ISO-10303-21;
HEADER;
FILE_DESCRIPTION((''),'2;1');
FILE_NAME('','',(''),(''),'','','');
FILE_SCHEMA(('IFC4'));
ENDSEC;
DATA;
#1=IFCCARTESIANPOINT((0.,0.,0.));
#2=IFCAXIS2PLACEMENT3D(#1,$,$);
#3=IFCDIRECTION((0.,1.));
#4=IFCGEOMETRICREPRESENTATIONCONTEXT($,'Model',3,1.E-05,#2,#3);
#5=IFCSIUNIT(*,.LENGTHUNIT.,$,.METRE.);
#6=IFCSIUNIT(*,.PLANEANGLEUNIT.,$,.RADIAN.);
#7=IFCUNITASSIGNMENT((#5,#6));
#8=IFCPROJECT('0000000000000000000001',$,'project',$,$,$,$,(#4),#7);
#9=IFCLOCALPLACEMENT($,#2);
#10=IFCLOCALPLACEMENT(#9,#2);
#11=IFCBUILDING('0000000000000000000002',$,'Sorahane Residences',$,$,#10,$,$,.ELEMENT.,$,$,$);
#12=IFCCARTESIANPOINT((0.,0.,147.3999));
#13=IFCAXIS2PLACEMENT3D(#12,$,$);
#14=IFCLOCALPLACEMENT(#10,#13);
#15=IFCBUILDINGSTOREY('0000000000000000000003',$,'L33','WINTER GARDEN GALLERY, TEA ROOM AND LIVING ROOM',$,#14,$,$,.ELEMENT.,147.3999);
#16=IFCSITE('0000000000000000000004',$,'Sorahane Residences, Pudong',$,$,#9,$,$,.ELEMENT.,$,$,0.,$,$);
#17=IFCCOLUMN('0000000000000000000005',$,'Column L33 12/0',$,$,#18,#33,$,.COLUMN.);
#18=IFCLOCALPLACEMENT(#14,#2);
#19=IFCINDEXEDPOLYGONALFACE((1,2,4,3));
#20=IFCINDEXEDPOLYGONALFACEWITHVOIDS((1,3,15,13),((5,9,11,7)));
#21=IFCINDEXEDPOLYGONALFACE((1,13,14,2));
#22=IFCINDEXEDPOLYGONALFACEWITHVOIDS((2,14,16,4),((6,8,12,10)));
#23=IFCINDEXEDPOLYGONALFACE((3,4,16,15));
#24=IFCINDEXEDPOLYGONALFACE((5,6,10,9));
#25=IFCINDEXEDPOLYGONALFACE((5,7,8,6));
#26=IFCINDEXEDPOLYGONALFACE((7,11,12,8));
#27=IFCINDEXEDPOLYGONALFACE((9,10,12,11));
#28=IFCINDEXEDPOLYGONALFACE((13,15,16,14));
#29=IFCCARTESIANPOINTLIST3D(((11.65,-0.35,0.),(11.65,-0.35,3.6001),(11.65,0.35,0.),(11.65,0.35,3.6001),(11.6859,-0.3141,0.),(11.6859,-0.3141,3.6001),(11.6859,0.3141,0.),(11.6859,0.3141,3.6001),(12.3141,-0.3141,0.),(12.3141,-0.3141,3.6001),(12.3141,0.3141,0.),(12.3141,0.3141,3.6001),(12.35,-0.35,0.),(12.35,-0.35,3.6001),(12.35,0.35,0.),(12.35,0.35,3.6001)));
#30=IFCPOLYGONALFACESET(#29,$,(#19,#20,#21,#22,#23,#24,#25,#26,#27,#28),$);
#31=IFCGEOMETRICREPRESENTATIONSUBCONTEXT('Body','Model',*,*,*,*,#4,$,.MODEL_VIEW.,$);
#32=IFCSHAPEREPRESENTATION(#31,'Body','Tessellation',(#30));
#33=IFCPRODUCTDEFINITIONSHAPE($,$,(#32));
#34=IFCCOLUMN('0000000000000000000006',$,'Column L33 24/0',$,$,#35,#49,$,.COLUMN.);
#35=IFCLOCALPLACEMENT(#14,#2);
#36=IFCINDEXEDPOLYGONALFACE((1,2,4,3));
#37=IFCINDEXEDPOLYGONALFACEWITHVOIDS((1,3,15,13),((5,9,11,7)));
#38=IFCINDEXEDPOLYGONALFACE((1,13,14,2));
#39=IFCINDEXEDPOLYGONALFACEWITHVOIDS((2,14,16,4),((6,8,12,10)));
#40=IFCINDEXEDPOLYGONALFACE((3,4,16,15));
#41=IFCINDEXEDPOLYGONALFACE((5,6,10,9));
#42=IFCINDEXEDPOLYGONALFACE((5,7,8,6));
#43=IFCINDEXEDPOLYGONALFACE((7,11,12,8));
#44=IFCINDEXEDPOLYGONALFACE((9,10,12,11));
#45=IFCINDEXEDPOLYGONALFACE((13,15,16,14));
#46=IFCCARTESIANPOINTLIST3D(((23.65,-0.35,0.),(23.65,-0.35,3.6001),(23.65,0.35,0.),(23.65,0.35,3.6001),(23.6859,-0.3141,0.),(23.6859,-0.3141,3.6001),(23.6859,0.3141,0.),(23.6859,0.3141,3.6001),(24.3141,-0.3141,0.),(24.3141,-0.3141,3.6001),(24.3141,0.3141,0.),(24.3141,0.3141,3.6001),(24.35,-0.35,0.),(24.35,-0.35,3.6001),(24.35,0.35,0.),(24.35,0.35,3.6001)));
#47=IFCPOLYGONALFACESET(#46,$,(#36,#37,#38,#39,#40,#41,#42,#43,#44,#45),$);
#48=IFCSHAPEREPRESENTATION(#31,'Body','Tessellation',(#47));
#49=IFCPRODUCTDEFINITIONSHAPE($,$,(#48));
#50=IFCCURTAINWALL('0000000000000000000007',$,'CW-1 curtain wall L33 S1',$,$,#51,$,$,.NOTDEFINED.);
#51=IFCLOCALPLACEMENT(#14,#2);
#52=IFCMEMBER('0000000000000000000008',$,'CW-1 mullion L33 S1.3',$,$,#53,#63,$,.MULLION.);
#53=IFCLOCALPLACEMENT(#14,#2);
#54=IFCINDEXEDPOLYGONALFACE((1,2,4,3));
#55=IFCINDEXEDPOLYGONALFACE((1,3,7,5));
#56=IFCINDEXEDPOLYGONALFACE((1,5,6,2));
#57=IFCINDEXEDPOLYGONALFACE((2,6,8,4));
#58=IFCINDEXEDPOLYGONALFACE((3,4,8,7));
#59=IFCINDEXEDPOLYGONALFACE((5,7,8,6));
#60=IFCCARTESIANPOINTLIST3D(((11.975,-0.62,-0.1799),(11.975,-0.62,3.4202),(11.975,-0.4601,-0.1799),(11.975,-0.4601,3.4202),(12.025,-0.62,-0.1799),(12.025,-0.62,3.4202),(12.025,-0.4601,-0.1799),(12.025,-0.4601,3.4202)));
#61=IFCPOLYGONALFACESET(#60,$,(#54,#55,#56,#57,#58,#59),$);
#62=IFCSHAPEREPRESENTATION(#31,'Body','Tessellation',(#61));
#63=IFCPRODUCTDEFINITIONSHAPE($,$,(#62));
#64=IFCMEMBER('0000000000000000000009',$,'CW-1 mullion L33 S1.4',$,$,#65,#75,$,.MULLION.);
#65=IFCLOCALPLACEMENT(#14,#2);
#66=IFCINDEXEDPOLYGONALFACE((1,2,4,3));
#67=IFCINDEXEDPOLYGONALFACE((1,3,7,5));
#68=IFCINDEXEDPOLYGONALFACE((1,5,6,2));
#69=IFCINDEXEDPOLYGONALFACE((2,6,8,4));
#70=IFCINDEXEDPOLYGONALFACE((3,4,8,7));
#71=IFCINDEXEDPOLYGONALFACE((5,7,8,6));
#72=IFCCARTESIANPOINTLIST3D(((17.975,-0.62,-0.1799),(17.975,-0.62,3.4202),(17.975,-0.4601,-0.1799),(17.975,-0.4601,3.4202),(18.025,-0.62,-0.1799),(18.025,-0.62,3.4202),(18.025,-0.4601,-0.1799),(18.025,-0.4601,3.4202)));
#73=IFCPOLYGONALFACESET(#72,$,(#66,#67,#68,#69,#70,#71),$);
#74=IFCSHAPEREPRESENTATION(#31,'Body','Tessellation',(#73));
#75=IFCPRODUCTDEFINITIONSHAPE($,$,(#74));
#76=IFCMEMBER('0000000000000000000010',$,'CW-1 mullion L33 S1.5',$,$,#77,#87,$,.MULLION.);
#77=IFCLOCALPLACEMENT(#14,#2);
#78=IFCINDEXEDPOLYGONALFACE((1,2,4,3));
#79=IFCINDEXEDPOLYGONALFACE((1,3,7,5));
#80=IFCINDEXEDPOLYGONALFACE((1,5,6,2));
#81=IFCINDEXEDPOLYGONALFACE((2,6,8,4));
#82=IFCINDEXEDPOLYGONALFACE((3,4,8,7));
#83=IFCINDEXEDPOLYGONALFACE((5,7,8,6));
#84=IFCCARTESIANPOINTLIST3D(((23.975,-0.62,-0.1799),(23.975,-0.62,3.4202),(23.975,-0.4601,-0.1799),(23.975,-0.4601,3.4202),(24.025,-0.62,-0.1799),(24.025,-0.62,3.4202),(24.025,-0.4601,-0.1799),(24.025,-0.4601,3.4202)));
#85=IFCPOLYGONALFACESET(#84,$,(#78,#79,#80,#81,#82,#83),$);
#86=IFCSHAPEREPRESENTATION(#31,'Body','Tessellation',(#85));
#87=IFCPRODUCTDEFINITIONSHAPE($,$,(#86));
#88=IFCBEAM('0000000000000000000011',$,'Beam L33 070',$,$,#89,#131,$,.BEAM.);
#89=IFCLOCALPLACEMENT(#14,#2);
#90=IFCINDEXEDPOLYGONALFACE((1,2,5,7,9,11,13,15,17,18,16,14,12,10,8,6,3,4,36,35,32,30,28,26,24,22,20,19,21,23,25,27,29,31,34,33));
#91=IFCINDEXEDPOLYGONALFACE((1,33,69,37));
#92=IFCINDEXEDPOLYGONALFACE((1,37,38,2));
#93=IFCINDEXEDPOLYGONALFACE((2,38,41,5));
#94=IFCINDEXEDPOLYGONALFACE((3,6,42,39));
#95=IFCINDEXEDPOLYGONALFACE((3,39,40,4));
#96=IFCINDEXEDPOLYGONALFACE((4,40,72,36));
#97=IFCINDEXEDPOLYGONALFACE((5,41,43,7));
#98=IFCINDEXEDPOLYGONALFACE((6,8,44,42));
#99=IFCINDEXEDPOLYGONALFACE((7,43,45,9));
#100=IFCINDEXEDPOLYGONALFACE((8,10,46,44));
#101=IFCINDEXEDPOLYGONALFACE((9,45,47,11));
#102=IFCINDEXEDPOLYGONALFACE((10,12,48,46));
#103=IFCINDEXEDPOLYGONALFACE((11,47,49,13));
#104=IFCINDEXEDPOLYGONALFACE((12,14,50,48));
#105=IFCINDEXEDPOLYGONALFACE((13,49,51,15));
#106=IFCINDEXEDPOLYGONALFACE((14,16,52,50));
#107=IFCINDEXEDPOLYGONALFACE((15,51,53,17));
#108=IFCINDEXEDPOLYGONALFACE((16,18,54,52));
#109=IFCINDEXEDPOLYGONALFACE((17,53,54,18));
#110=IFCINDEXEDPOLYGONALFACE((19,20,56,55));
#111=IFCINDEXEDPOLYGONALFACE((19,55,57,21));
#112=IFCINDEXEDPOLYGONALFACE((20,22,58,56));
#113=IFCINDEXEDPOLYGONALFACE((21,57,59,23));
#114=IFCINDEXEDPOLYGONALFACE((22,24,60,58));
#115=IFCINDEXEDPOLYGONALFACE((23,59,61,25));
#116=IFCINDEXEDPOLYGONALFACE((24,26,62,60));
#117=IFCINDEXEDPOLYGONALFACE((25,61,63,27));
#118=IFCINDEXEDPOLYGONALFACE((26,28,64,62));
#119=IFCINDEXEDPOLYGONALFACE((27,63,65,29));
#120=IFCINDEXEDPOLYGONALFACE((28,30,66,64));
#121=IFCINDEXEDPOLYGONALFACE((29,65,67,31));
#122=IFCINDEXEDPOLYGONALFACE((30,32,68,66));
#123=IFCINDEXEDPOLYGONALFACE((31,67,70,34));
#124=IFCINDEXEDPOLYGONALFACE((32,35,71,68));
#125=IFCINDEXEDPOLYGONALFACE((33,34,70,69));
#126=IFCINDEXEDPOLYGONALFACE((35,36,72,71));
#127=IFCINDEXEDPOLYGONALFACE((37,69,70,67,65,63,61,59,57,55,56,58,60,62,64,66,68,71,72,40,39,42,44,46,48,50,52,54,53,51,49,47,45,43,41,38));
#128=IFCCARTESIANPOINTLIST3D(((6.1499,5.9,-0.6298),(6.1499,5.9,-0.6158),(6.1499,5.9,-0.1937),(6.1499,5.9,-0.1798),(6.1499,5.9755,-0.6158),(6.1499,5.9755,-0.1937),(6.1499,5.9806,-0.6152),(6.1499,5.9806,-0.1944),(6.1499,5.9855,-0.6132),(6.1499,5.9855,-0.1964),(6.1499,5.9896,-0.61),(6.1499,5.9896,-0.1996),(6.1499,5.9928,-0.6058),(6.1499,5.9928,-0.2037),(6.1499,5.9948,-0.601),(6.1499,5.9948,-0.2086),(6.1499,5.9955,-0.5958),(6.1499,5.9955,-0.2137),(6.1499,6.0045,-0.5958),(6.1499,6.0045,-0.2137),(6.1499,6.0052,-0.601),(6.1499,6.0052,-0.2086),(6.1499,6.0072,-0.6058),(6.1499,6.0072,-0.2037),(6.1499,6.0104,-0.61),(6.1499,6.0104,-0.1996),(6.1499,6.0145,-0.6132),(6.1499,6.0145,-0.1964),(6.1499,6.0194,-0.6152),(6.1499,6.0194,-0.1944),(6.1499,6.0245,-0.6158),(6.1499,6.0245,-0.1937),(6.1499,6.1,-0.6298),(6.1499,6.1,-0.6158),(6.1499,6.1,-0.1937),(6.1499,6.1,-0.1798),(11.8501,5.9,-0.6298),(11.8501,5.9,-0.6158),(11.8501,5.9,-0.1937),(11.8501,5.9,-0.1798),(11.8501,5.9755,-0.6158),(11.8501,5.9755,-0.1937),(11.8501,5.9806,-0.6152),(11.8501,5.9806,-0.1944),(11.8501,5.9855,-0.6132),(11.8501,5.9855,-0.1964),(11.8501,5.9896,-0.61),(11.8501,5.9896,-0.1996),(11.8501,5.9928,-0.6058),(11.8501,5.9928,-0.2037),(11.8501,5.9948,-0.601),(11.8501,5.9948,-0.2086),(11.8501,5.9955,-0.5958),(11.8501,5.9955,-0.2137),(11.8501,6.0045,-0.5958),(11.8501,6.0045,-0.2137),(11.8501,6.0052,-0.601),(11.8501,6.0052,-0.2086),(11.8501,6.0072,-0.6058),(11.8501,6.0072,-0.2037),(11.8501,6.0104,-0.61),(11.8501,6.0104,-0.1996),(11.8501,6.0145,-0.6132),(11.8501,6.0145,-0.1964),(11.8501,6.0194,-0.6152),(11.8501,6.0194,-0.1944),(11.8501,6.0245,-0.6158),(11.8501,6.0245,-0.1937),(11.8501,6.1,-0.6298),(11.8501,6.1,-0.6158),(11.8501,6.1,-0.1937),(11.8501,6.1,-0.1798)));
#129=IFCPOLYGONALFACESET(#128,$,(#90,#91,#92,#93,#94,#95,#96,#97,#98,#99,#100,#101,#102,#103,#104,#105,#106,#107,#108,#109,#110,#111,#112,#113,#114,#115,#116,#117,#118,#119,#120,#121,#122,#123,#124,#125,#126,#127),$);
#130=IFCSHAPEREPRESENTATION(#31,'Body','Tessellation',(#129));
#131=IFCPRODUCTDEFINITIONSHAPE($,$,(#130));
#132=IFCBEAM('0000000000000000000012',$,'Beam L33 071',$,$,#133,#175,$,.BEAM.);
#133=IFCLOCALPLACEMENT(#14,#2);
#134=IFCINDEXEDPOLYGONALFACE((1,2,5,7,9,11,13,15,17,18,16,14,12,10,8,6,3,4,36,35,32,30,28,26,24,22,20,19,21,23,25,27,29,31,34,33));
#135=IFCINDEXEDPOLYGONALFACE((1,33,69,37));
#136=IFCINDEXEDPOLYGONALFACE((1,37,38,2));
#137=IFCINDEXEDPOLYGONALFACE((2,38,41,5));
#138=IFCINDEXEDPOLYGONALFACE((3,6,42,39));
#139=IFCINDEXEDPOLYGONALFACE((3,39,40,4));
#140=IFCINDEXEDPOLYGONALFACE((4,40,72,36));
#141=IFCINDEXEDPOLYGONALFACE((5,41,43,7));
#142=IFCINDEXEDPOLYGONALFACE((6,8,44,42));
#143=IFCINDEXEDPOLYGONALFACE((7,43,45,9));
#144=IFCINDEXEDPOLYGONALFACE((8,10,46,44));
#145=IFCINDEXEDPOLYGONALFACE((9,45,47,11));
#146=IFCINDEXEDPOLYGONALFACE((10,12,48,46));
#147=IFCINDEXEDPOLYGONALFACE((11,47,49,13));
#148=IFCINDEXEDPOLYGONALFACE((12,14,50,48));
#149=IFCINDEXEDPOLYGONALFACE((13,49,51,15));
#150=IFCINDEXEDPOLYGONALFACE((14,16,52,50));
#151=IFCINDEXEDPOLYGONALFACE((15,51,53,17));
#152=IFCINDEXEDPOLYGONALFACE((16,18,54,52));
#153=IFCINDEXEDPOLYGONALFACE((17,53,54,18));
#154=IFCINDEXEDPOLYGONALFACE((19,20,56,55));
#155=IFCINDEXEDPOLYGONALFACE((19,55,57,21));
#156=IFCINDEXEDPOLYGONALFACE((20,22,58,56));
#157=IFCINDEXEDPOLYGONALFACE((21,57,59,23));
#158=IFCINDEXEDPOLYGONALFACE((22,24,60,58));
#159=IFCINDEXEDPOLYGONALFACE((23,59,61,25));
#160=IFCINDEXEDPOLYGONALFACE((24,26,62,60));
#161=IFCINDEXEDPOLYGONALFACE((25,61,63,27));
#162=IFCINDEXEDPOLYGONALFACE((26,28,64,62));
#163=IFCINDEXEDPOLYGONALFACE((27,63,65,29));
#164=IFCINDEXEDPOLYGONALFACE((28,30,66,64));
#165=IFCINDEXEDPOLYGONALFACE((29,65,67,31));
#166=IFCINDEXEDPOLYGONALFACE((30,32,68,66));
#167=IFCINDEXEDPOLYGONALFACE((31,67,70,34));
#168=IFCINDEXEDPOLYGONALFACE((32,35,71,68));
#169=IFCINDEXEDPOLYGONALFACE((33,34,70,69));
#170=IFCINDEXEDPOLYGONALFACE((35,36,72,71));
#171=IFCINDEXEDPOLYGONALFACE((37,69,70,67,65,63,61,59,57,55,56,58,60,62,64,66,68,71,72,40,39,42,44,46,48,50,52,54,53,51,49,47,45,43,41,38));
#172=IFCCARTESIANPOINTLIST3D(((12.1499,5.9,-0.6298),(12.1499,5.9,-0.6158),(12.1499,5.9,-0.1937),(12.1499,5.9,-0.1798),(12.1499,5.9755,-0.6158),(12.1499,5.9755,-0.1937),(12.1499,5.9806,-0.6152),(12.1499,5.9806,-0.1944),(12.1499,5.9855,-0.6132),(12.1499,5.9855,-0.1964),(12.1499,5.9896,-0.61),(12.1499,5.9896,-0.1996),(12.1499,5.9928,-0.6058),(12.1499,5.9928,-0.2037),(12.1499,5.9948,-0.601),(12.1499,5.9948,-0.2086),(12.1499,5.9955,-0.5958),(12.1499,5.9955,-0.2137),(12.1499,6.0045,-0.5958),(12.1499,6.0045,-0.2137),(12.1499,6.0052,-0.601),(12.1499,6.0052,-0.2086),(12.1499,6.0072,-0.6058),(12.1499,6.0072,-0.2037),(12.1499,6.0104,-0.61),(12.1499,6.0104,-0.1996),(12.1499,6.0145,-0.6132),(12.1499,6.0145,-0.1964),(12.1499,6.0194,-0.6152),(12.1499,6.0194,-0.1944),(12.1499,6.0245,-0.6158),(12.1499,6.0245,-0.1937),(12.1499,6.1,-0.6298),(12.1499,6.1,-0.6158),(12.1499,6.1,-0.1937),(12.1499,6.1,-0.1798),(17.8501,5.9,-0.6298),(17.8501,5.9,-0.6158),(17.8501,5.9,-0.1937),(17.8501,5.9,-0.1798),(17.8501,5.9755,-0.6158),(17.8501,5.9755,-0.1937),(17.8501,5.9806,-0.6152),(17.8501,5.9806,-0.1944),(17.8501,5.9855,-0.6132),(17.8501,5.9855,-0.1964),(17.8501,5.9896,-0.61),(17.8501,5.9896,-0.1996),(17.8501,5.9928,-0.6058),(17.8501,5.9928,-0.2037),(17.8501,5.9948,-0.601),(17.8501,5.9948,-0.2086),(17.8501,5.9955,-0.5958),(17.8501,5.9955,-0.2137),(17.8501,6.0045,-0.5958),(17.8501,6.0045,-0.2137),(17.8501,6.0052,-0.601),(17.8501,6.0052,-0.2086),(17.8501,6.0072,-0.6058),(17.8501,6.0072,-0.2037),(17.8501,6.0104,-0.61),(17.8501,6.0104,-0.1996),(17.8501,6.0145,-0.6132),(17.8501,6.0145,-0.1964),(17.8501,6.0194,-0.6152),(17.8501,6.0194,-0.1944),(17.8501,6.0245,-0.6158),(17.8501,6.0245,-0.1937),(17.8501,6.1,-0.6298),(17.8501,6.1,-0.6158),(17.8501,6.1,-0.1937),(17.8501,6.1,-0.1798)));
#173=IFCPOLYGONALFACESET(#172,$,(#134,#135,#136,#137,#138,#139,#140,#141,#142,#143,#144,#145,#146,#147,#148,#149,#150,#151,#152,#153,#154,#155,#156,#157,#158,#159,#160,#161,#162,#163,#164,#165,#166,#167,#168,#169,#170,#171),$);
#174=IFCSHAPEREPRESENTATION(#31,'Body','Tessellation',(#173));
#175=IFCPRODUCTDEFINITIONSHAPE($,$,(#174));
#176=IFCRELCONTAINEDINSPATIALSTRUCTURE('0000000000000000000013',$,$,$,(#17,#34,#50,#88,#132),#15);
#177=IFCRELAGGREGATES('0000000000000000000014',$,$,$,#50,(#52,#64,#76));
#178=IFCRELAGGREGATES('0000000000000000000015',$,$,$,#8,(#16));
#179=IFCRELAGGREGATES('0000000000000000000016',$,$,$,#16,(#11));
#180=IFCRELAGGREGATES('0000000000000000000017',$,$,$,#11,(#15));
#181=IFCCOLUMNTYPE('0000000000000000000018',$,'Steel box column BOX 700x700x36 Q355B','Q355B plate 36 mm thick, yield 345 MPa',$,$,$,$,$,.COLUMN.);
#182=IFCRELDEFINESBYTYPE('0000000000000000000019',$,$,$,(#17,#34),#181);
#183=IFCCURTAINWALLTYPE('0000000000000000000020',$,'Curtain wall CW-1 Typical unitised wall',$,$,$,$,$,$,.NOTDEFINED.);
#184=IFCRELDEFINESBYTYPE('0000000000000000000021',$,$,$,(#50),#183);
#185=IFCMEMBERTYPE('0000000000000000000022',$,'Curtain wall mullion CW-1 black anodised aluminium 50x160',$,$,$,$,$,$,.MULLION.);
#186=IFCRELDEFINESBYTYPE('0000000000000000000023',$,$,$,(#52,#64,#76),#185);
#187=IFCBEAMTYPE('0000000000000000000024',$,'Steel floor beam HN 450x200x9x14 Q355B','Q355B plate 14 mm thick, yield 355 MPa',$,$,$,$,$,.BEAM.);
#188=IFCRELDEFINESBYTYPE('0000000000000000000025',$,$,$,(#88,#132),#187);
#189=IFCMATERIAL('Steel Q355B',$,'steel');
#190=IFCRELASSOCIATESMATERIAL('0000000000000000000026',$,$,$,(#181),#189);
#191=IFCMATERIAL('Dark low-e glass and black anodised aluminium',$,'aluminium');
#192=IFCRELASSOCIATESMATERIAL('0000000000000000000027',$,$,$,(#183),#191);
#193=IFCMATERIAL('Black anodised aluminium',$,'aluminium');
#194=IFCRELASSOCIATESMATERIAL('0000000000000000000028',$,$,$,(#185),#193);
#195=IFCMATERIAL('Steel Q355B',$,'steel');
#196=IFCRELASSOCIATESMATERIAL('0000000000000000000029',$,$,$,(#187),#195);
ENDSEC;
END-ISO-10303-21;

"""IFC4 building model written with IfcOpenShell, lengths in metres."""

from ifc_helpers import new_model, si_unit, direction, frame, origin, origin_2d, place, context, subcontext, project, spatial, rectangle, hollow_rectangle, i_section, extrude, material, material_profile, profile_set, type_object, element, aggregate, save


model = new_model("IFC4")

# Units and contexts
model_context = context("Model", 3, precision=1e-05, world=origin(), true_north=direction((0.0, 1.0)))
body_context = subcontext(model_context, "Body", "Model", "MODEL_VIEW")
ifc_project = project(units=[si_unit("LENGTHUNIT", "METRE"), si_unit("PLANEANGLEUNIT", "RADIAN")], contexts=[model_context])

# Site, building, storey
site_placement = place(None, origin())
site = spatial("IfcSite", under=ifc_project, at=site_placement, Name="Sorahane Residences, Pudong", CompositionType="ELEMENT", RefElevation=0.0)
building_placement = place(site_placement, origin())
building = spatial("IfcBuilding", under=site, at=building_placement, Name="Sorahane Residences", CompositionType="ELEMENT")
storey_placement = place(building_placement, frame((0.0, 0.0, 147.3999)))
storey = spatial("IfcBuildingStorey", under=building, at=storey_placement, Name="L33", Description="WINTER GARDEN GALLERY, TEA ROOM AND LIVING ROOM", CompositionType="ELEMENT", Elevation=147.3999)

# Columns
ifc_material_1 = material(Name="Steel Q355B", Category="steel")
ifc_material_profile_1 = material_profile(ifc_material_1, hollow_rectangle(XDim=0.7, YDim=0.7, WallThickness=0.0359, at=origin_2d()), Name="BOX 700x700x36")
ifc_profile_set_1 = profile_set([ifc_material_profile_1], Name="Steel Q355B")
column_type = type_object("IfcColumnType", Name="Steel box column BOX 700x700x36 Q355B", Description="Q355B plate 36 mm thick, yield 345 MPa", PredefinedType="COLUMN", material=ifc_profile_set_1)
for number, where, z_axis, x_axis, name in (
    (1, (12.0, 0.0, 0.0), (0.0, 0.0, 1.0), (1.0, 0.0, 0.0), "Column L33 12/0"),
    (2, (24.0, 0.0, 0.0), (0.0, 0.0, 1.0), (1.0, 0.0, 0.0), "Column L33 24/0"),
):
    element("IfcColumn", number, at=place(storey_placement, frame(where, z_axis=z_axis, x_axis=x_axis)), inside=storey, type_object=column_type, Name=name, PredefinedType="COLUMN", context=body_context, shape_type="SweptSolid", body=[
        extrude(hollow_rectangle(XDim=0.7, YDim=0.7, WallThickness=0.0359, at=origin_2d()), origin(), (0.0, 0.0, 1.0), 3.6001),
    ])

# Curtain wall, members
ifc_material_2 = material(Name="Dark low-e glass and black anodised aluminium", Category="aluminium")
curtain_wall_type = type_object("IfcCurtainWallType", Name="Curtain wall CW-1 Typical unitised wall", PredefinedType="NOTDEFINED", material=ifc_material_2)
curtain_wall_placement = place(storey_placement, origin())
curtain_wall = element("IfcCurtainWall", 3, at=curtain_wall_placement, inside=storey, type_object=curtain_wall_type, Name="CW-1 curtain wall L33 S1", PredefinedType="NOTDEFINED")
ifc_material_3 = material(Name="Black anodised aluminium", Category="aluminium")
ifc_material_profile_2 = material_profile(ifc_material_3, rectangle(XDim=0.1599, YDim=0.05, at=origin_2d()), Name="Curtain wall mullion CW-1 black anodised aluminium 50x160")
ifc_profile_set_2 = profile_set([ifc_material_profile_2], Name="Black anodised aluminium")
member_type = type_object("IfcMemberType", Name="Curtain wall mullion CW-1 black anodised aluminium 50x160", PredefinedType="MULLION", material=ifc_profile_set_2)
member_1_placement = place(storey_placement, frame((12.0, -0.54, -0.1799), z_axis=(0.0, 0.0, 1.0), x_axis=(0.0, -1.0, 0.0)))
member_1 = element("IfcMember", 4, at=member_1_placement, type_object=member_type, Name="CW-1 mullion L33 S1.3", PredefinedType="MULLION", context=body_context, shape_type="SweptSolid", body=[
    extrude(rectangle(XDim=0.1599, YDim=0.05, at=origin_2d()), origin(), (0.0, 0.0, 1.0), 3.6001),
])
member_2_placement = place(storey_placement, frame((18.0, -0.54, -0.1799), z_axis=(0.0, 0.0, 1.0), x_axis=(0.0, -1.0, 0.0)))
member_2 = element("IfcMember", 5, at=member_2_placement, type_object=member_type, Name="CW-1 mullion L33 S1.4", PredefinedType="MULLION", context=body_context, shape_type="SweptSolid", body=[
    extrude(rectangle(XDim=0.1599, YDim=0.05, at=origin_2d()), origin(), (0.0, 0.0, 1.0), 3.6001),
])
member_3_placement = place(storey_placement, frame((24.0, -0.54, -0.1799), z_axis=(0.0, 0.0, 1.0), x_axis=(0.0, -1.0, 0.0)))
member_3 = element("IfcMember", 6, at=member_3_placement, type_object=member_type, Name="CW-1 mullion L33 S1.5", PredefinedType="MULLION", context=body_context, shape_type="SweptSolid", body=[
    extrude(rectangle(XDim=0.1599, YDim=0.05, at=origin_2d()), origin(), (0.0, 0.0, 1.0), 3.6001),
])

# Beams
ifc_material_4 = material(Name="Steel Q355B", Category="steel")
ifc_material_profile_3 = material_profile(ifc_material_4, i_section(OverallWidth=0.2, OverallDepth=0.45, WebThickness=0.009, FlangeThickness=0.0139, FilletRadius=0.02, at=origin_2d()), Name="HN 450x200x9x14")
ifc_profile_set_3 = profile_set([ifc_material_profile_3], Name="Steel Q355B")
beam_type_1 = type_object("IfcBeamType", Name="Steel floor beam HN 450x200x9x14 Q355B", Description="Q355B plate 14 mm thick, yield 355 MPa", PredefinedType="BEAM", material=ifc_profile_set_3)
for number, where, z_axis, x_axis, name in (
    (7, (6.1499, 6.0, -0.4048), (1.0, 0.0, 0.0), (0.0, 1.0, 0.0), "Beam L33 070"),
    (8, (12.1499, 6.0, -0.4048), (1.0, 0.0, 0.0), (0.0, 1.0, 0.0), "Beam L33 071"),
):
    element("IfcBeam", number, at=place(storey_placement, frame(where, z_axis=z_axis, x_axis=x_axis)), inside=storey, type_object=beam_type_1, Name=name, PredefinedType="BEAM", context=body_context, shape_type="SweptSolid", body=[
        extrude(i_section(OverallWidth=0.2, OverallDepth=0.45, WebThickness=0.009, FlangeThickness=0.0139, FilletRadius=0.02, at=origin_2d()), origin(), (0.0, 0.0, 1.0), 5.7002),
    ])

aggregate(curtain_wall, [member_1, member_2, member_3])

save(model, "model.ifc")
